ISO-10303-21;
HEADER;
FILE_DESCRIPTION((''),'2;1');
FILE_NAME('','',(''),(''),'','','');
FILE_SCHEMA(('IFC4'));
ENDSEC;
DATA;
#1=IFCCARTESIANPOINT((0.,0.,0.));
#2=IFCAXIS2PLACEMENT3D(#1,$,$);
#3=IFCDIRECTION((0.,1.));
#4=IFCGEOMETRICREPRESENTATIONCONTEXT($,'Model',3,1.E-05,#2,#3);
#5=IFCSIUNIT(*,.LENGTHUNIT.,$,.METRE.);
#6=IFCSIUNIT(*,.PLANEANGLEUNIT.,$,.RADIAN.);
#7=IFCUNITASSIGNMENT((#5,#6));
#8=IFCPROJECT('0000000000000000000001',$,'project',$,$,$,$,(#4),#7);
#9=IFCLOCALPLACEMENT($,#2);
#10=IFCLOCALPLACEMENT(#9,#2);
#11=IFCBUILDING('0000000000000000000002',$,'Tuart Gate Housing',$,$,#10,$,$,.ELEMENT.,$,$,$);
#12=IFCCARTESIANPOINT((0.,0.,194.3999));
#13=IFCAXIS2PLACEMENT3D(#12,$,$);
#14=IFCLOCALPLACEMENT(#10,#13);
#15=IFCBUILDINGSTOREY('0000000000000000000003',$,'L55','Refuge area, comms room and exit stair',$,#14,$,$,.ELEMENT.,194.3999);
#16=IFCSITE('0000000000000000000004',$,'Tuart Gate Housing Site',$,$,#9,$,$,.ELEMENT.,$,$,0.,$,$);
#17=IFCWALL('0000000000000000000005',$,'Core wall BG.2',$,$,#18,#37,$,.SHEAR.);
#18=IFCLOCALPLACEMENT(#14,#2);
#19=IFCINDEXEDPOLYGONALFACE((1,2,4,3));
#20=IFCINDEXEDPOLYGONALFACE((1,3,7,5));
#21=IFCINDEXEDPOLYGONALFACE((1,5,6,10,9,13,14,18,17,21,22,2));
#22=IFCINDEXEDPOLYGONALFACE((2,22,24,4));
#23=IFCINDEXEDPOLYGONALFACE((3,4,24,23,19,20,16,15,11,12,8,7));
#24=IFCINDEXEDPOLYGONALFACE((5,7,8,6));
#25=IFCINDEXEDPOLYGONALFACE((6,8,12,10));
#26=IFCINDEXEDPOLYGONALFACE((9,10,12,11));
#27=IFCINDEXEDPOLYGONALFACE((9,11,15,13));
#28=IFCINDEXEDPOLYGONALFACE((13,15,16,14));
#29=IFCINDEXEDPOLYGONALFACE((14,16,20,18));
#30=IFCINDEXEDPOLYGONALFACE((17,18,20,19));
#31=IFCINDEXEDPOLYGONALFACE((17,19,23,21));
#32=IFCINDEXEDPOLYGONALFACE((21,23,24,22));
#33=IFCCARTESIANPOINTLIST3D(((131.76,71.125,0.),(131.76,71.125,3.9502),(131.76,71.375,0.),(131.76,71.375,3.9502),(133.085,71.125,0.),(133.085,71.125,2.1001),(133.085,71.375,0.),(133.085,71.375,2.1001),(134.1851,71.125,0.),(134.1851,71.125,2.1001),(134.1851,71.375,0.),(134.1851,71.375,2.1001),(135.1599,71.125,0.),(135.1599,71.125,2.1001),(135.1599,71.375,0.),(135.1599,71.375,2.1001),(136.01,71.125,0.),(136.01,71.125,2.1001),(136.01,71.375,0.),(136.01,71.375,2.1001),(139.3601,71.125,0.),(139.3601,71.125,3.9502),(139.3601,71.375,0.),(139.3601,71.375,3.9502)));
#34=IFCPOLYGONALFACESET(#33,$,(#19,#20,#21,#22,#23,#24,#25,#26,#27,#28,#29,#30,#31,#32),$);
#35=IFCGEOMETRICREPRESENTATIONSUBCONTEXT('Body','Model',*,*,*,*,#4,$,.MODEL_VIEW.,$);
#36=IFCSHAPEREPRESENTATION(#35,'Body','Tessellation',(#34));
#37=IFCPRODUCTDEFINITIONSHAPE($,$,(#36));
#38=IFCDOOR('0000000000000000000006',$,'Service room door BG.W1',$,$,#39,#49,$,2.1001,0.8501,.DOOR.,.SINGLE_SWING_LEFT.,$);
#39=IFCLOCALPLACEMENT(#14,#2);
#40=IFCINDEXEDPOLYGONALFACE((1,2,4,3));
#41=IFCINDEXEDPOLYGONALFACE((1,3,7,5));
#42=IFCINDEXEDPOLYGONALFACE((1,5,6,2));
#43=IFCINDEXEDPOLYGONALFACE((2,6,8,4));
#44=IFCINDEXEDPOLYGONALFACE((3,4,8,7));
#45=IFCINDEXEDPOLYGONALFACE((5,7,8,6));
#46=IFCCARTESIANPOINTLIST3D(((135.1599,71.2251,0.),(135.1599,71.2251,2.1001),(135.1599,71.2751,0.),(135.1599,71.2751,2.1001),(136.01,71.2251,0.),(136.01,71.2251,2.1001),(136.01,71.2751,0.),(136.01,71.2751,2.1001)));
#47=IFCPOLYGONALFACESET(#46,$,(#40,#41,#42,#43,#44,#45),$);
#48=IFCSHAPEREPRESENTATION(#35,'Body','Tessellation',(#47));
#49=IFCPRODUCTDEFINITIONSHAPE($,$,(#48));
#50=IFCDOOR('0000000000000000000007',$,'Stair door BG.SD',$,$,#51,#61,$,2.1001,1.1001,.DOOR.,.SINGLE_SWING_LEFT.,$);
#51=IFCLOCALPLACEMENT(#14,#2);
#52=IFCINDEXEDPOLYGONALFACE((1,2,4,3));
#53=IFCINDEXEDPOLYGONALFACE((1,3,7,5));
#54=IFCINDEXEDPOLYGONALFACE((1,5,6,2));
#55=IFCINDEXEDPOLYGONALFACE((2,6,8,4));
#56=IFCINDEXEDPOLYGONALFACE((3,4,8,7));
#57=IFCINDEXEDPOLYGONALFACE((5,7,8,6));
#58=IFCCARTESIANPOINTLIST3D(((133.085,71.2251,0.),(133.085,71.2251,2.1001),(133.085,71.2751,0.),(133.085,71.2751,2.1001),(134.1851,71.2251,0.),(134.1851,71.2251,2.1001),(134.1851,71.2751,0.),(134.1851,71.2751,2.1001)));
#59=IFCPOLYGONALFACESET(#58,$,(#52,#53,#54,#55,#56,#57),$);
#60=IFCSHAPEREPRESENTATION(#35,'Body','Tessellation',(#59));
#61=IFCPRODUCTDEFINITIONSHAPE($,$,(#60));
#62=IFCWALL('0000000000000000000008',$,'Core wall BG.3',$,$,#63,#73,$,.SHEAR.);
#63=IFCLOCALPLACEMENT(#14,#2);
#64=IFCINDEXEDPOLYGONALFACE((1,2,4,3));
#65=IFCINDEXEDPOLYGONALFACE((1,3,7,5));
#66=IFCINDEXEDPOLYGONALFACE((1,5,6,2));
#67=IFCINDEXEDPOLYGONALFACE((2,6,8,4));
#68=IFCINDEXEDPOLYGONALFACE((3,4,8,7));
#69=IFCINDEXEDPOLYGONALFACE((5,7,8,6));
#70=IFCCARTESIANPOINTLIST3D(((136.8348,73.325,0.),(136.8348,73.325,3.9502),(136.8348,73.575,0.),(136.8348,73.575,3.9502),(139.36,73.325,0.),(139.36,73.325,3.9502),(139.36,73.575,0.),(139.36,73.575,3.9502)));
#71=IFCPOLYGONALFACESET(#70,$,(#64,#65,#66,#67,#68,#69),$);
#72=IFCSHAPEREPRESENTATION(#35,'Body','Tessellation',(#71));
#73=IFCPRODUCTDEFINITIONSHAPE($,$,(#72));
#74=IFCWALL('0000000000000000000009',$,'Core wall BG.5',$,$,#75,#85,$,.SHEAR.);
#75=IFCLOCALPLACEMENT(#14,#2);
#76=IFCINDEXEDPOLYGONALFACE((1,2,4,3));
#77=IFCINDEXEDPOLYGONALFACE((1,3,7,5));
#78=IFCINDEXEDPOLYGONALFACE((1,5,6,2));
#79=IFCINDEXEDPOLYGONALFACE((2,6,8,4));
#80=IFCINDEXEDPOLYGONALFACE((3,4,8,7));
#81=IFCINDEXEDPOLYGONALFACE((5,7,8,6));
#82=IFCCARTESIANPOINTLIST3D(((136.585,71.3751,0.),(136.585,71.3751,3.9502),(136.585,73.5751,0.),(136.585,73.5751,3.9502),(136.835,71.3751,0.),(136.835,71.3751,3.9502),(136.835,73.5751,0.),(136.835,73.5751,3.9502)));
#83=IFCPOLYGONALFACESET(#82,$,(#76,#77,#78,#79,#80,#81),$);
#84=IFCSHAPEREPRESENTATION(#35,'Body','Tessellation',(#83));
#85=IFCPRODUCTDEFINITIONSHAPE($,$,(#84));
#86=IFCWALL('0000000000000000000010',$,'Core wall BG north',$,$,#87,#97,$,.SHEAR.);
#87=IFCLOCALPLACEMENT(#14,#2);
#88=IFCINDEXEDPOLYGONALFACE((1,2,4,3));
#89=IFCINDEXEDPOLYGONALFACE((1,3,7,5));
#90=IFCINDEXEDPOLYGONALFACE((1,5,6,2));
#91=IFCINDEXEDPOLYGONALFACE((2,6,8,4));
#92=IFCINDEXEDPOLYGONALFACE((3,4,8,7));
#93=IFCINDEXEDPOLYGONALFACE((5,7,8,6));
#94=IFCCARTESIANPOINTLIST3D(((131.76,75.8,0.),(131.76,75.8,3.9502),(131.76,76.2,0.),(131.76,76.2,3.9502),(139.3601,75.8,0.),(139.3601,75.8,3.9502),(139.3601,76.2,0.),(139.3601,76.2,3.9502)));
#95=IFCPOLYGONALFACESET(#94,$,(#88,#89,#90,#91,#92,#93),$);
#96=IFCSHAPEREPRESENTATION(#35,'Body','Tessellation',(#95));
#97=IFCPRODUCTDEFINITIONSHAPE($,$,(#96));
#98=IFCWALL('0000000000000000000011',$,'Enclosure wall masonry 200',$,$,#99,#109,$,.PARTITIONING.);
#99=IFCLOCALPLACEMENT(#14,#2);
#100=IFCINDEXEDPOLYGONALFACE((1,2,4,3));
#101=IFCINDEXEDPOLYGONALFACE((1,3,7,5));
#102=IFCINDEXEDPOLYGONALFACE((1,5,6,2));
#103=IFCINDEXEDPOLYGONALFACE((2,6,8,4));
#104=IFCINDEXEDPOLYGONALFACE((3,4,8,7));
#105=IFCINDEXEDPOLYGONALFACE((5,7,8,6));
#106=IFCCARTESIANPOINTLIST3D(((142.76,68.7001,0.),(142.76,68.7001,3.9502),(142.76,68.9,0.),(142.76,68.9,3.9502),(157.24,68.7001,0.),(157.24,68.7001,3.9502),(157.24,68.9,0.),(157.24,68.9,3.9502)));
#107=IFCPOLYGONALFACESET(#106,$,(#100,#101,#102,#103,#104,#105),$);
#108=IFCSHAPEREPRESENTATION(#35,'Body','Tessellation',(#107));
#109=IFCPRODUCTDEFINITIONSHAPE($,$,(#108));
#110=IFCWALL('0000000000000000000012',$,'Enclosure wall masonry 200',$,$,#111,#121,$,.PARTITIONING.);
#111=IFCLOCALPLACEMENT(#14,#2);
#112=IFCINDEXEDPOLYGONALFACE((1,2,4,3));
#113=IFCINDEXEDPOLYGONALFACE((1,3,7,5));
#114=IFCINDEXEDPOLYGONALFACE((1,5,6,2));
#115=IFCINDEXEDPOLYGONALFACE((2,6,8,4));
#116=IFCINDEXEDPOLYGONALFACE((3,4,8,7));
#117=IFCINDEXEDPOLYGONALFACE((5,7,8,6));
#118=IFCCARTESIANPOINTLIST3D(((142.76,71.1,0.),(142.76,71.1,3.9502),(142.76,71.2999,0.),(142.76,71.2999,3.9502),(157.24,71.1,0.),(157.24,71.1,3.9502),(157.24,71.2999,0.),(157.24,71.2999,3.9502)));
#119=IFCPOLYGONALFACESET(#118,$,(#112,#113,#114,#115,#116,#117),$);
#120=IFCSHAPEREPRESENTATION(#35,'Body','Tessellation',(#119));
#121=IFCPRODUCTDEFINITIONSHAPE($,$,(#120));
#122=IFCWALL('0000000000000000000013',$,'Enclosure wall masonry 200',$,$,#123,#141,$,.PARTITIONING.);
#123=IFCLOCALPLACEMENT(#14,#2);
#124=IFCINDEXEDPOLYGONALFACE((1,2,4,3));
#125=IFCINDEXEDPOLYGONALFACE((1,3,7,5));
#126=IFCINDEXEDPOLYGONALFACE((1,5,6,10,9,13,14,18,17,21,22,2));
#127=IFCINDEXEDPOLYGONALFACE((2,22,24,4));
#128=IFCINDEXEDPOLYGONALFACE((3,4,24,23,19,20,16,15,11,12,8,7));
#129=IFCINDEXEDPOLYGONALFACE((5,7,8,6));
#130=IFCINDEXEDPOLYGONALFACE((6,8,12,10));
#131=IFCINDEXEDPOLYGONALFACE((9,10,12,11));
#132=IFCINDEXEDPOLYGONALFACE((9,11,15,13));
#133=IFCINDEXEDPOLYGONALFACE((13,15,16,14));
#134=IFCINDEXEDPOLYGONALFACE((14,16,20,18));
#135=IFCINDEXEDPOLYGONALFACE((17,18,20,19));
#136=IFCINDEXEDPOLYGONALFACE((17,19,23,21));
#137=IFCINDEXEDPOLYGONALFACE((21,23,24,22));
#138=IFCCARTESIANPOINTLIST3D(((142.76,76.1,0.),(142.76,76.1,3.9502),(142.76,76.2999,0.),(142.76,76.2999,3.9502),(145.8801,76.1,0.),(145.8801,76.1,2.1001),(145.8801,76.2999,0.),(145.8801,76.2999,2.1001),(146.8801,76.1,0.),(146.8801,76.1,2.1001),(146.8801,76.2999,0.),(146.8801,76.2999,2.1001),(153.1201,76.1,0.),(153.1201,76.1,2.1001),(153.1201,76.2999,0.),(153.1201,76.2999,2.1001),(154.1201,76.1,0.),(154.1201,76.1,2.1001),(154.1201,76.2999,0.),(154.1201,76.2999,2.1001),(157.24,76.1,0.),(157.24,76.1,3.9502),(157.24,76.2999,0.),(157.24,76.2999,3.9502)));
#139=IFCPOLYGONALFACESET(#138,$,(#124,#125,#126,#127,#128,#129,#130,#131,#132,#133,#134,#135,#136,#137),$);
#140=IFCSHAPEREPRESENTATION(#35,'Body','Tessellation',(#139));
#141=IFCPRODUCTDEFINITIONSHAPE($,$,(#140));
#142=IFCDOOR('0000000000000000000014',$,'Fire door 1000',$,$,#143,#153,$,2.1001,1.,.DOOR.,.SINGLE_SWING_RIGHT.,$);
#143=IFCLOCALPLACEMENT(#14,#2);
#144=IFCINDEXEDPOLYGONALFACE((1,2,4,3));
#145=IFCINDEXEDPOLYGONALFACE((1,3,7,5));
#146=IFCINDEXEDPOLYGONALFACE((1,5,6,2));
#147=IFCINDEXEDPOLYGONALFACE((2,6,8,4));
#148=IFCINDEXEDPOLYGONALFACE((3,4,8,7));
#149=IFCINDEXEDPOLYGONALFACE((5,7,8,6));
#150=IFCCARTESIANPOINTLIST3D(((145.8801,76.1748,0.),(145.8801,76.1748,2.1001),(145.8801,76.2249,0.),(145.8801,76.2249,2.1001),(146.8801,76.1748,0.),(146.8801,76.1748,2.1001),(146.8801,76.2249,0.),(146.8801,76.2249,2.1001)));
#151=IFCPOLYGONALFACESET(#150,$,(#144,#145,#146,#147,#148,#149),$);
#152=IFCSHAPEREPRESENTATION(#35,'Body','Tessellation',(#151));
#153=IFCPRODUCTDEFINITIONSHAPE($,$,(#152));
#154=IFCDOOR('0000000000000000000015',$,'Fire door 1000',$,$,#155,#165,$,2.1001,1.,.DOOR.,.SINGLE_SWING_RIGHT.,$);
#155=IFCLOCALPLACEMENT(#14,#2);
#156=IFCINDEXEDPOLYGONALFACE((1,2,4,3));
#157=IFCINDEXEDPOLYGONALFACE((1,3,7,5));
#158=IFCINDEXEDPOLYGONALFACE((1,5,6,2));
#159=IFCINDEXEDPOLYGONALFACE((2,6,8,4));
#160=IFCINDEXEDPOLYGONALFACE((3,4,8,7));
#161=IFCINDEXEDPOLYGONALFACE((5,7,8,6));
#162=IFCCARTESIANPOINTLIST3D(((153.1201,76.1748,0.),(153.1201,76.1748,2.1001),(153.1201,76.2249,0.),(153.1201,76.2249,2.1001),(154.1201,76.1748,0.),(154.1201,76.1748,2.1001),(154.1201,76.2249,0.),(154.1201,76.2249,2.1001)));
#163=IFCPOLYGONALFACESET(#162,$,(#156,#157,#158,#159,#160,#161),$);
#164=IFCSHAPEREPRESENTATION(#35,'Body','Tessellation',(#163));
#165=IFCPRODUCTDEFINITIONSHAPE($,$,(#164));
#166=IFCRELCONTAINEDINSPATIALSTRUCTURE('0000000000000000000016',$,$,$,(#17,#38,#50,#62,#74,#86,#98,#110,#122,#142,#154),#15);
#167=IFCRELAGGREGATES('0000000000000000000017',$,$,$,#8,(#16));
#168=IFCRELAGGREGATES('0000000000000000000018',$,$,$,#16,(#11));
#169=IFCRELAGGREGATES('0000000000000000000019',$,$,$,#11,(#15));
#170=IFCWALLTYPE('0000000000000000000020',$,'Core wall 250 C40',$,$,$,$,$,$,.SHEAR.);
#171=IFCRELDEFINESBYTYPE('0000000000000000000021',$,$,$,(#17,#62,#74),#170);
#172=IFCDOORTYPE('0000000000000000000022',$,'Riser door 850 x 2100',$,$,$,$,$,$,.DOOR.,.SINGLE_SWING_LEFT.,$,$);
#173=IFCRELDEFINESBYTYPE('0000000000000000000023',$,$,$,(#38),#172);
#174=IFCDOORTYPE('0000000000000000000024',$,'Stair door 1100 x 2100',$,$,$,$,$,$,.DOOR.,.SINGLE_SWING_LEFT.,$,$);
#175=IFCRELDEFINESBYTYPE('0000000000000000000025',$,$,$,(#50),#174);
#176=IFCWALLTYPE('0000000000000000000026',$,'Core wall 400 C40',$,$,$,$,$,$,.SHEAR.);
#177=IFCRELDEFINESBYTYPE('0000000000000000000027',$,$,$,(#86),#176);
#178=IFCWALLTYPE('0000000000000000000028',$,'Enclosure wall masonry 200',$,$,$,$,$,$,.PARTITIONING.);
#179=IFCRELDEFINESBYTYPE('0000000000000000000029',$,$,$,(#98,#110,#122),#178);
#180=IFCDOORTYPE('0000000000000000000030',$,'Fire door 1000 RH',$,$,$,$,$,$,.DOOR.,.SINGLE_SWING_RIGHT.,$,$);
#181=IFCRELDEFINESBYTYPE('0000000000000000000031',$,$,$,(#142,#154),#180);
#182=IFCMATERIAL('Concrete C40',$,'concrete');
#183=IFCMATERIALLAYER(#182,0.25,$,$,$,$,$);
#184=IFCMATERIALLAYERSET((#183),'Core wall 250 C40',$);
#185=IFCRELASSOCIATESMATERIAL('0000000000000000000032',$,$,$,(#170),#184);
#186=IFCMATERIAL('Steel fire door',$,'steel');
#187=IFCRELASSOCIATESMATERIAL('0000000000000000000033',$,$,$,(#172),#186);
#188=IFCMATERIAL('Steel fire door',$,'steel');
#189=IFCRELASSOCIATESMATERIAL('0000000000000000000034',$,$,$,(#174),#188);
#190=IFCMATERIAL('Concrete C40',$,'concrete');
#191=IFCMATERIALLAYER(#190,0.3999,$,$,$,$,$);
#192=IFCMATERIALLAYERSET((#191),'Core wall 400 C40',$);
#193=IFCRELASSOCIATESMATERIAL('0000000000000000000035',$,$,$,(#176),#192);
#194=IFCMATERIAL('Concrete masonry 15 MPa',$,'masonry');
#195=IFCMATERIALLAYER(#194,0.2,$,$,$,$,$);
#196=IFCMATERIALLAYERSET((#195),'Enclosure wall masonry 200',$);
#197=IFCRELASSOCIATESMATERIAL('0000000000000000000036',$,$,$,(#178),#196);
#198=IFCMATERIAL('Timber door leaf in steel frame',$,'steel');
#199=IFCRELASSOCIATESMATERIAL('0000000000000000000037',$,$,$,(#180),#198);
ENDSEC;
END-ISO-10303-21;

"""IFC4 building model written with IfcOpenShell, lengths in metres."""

from ifc_helpers import new_model, si_unit, direction, frame, frame_2d, origin, place, context, subcontext, project, spatial, rectangle, extrude, material, layer, layer_set, type_object, element, fill, save


model = new_model("IFC4")

# Units and contexts
model_context = context("Model", 3, precision=1e-05, world=origin(), true_north=direction((0.0, 1.0)))
body_context = subcontext(model_context, "Body", "Model", "MODEL_VIEW")
ifc_project = project(units=[si_unit("LENGTHUNIT", "METRE"), si_unit("PLANEANGLEUNIT", "RADIAN")], contexts=[model_context])

# Site, building, storey
site_placement = place(None, origin())
site = spatial("IfcSite", under=ifc_project, at=site_placement, Name="Tuart Gate Housing Site", CompositionType="ELEMENT", RefElevation=0.0)
building_placement = place(site_placement, origin())
building = spatial("IfcBuilding", under=site, at=building_placement, Name="Tuart Gate Housing", CompositionType="ELEMENT")
storey_placement = place(building_placement, frame((0.0, 0.0, 194.3999)))
storey = spatial("IfcBuildingStorey", under=building, at=storey_placement, Name="L55", Description="Refuge area, comms room and exit stair", CompositionType="ELEMENT", Elevation=194.3999)

# Wall, openings, doors
ifc_material_1 = material(Name="Concrete C40", Category="concrete")
ifc_layer_1 = layer(ifc_material_1, 0.25)
ifc_layer_set_1 = layer_set([ifc_layer_1], Name="Core wall 250 C40")
wall_type_1 = type_object("IfcWallType", Name="Core wall 250 C40", PredefinedType="SHEAR", material=ifc_layer_set_1)
wall_1_placement = place(storey_placement, frame((139.3601, 71.25, 0.0), z_axis=(0.0, 0.0, 1.0), x_axis=(-1.0, 0.0, 0.0)))
wall_1 = element("IfcWall", 1, at=wall_1_placement, inside=storey, type_object=wall_type_1, Name="Core wall BG.2", PredefinedType="SHEAR", context=body_context, shape_type="SweptSolid", body=[
    extrude(rectangle(XDim=7.6001, YDim=0.25, at=frame_2d((3.8, 0.0))), origin(), (0.0, 0.0, 1.0), 3.9502),
])
opening_1_placement = place(wall_1_placement, frame((5.175, 0.0, 0.0)))
opening_1 = element("IfcOpeningElement", 2, at=opening_1_placement, cuts=wall_1, PredefinedType="OPENING", context=body_context, shape_type="SweptSolid", body=[
    extrude(rectangle(XDim=1.1001, YDim=2.1001, at=frame_2d((0.55, 1.05))), frame((0.0, 0.135, 0.0), z_axis=(0.0, -1.0, 0.0), x_axis=(1.0, 0.0, 0.0)), (0.0, 0.0, 1.0), 0.27),
])
opening_2_placement = place(wall_1_placement, frame((3.3501, 0.0, 0.0)))
opening_2 = element("IfcOpeningElement", 3, at=opening_2_placement, cuts=wall_1, PredefinedType="OPENING", context=body_context, shape_type="SweptSolid", body=[
    extrude(rectangle(XDim=0.8501, YDim=2.1001, at=frame_2d((0.425, 1.05))), frame((0.0, 0.135, 0.0), z_axis=(0.0, -1.0, 0.0), x_axis=(1.0, 0.0, 0.0)), (0.0, 0.0, 1.0), 0.27),
])
ifc_material_2 = material(Name="Steel fire door", Category="steel")
door_type_1 = type_object("IfcDoorType", Name="Riser door 850 x 2100", OperationType="SINGLE_SWING_LEFT", PredefinedType="DOOR", material=ifc_material_2)
door_1_placement = place(opening_2_placement, origin())
door_1 = element("IfcDoor", 4, at=door_1_placement, inside=storey, type_object=door_type_1, Name="Service room door BG.W1", OperationType="SINGLE_SWING_LEFT", OverallHeight=2.1001, OverallWidth=0.8501, PredefinedType="DOOR", context=body_context, shape_type="SweptSolid", body=[
    extrude(rectangle(XDim=0.8501, YDim=2.1001, at=frame_2d((0.425, 1.05))), frame((0.0, 0.0249, 0.0), z_axis=(0.0, -1.0, 0.0), x_axis=(1.0, 0.0, 0.0)), (0.0, 0.0, 1.0), 0.05),
])
fill(opening_2, door_1)
ifc_material_3 = material(Name="Steel fire door", Category="steel")
door_type_2 = type_object("IfcDoorType", Name="Stair door 1100 x 2100", OperationType="SINGLE_SWING_LEFT", PredefinedType="DOOR", material=ifc_material_3)
door_2_placement = place(opening_1_placement, origin())
door_2 = element("IfcDoor", 5, at=door_2_placement, inside=storey, type_object=door_type_2, Name="Stair door BG.SD", OperationType="SINGLE_SWING_LEFT", OverallHeight=2.1001, OverallWidth=1.1001, PredefinedType="DOOR", context=body_context, shape_type="SweptSolid", body=[
    extrude(rectangle(XDim=1.1001, YDim=2.1001, at=frame_2d((0.55, 1.05))), frame((0.0, 0.0249, 0.0), z_axis=(0.0, -1.0, 0.0), x_axis=(1.0, 0.0, 0.0)), (0.0, 0.0, 1.0), 0.05),
])
fill(opening_1, door_2)

# Walls
wall_2_placement = place(storey_placement, frame((139.3601, 73.45, 0.0), z_axis=(0.0, 0.0, 1.0), x_axis=(-1.0, 0.0, 0.0)))
element("IfcWall", 6, at=wall_2_placement, inside=storey, type_object=wall_type_1, Name="Core wall BG.3", PredefinedType="SHEAR", context=body_context, shape_type="SweptSolid", body=[
    extrude(rectangle(XDim=2.5251, YDim=0.25, at=frame_2d((1.2627, 0.0))), origin(), (0.0, 0.0, 1.0), 3.9502),
])
wall_3_placement = place(storey_placement, frame((136.71, 71.375, 0.0), z_axis=(0.0, 0.0, 1.0), x_axis=(0.0, 1.0, 0.0)))
element("IfcWall", 7, at=wall_3_placement, inside=storey, type_object=wall_type_1, Name="Core wall BG.5", PredefinedType="SHEAR", context=body_context, shape_type="SweptSolid", body=[
    extrude(rectangle(XDim=2.2, YDim=0.25, at=frame_2d((1.1001, 0.0))), origin(), (0.0, 0.0, 1.0), 3.9502),
])
ifc_material_4 = material(Name="Concrete C40", Category="concrete")
ifc_layer_2 = layer(ifc_material_4, 0.3999)
ifc_layer_set_2 = layer_set([ifc_layer_2], Name="Core wall 400 C40")
wall_type_2 = type_object("IfcWallType", Name="Core wall 400 C40", PredefinedType="SHEAR", material=ifc_layer_set_2)
wall_4_placement = place(storey_placement, frame((139.3601, 76.0, 0.0), z_axis=(0.0, 0.0, 1.0), x_axis=(-1.0, 0.0, 0.0)))
element("IfcWall", 8, at=wall_4_placement, inside=storey, type_object=wall_type_2, Name="Core wall BG north", PredefinedType="SHEAR", context=body_context, shape_type="SweptSolid", body=[
    extrude(rectangle(XDim=7.6001, YDim=0.3999, at=frame_2d((3.8, 0.0))), origin(), (0.0, 0.0, 1.0), 3.9502),
])
ifc_material_5 = material(Name="Concrete masonry 15 MPa", Category="masonry")
ifc_layer_3 = layer(ifc_material_5, 0.2)
ifc_layer_set_3 = layer_set([ifc_layer_3], Name="Enclosure wall masonry 200")
wall_type_3 = type_object("IfcWallType", Name="Enclosure wall masonry 200", PredefinedType="PARTITIONING", material=ifc_layer_set_3)
for number, where, z_axis, x_axis, name in (
    (9, (142.76, 68.8, 0.0), (0.0, 0.0, 1.0), (1.0, 0.0, 0.0), "Enclosure wall masonry 200"),
    (10, (142.76, 71.2, 0.0), (0.0, 0.0, 1.0), (1.0, 0.0, 0.0), "Enclosure wall masonry 200"),
):
    element("IfcWall", number, at=place(storey_placement, frame(where, z_axis=z_axis, x_axis=x_axis)), inside=storey, type_object=wall_type_3, Name=name, PredefinedType="PARTITIONING", context=body_context, shape_type="SweptSolid", body=[
        extrude(rectangle(XDim=14.48, YDim=0.2, at=frame_2d((7.24, 0.0))), origin(), (0.0, 0.0, 1.0), 3.9502),
    ])

# Wall, openings, doors
wall_5_placement = place(storey_placement, frame((142.76, 76.2, 0.0), z_axis=(0.0, 0.0, 1.0), x_axis=(1.0, 0.0, 0.0)))
wall_5 = element("IfcWall", 11, at=wall_5_placement, inside=storey, type_object=wall_type_3, Name="Enclosure wall masonry 200", PredefinedType="PARTITIONING", context=body_context, shape_type="SweptSolid", body=[
    extrude(rectangle(XDim=14.48, YDim=0.2, at=frame_2d((7.24, 0.0))), origin(), (0.0, 0.0, 1.0), 3.9502),
])
opening_3_placement = place(wall_5_placement, frame((3.1201, 0.0, 0.0)))
opening_3 = element("IfcOpeningElement", 12, at=opening_3_placement, cuts=wall_5, PredefinedType="OPENING", context=body_context, shape_type="SweptSolid", body=[
    extrude(rectangle(XDim=1.0, YDim=2.1001, at=frame_2d((0.5, 1.05))), frame((0.0, 0.1099, 0.0), z_axis=(0.0, -1.0, 0.0), x_axis=(1.0, 0.0, 0.0)), (0.0, 0.0, 1.0), 0.22),
])
opening_4_placement = place(wall_5_placement, frame((10.3601, 0.0, 0.0)))
opening_4 = element("IfcOpeningElement", 13, at=opening_4_placement, cuts=wall_5, PredefinedType="OPENING", context=body_context, shape_type="SweptSolid", body=[
    extrude(rectangle(XDim=1.0, YDim=2.1001, at=frame_2d((0.5, 1.05))), frame((0.0, 0.1099, 0.0), z_axis=(0.0, -1.0, 0.0), x_axis=(1.0, 0.0, 0.0)), (0.0, 0.0, 1.0), 0.22),
])
ifc_material_6 = material(Name="Timber door leaf in steel frame", Category="steel")
door_type_3 = type_object("IfcDoorType", Name="Fire door 1000 RH", OperationType="SINGLE_SWING_RIGHT", PredefinedType="DOOR", material=ifc_material_6)
door_3_placement = place(opening_3_placement, frame((1.0, 0.0, 0.0), z_axis=(0.0, 0.0, 1.0), x_axis=(-1.0, 0.0, 0.0)))
door_3 = element("IfcDoor", 14, at=door_3_placement, inside=storey, type_object=door_type_3, Name="Fire door 1000", OperationType="SINGLE_SWING_RIGHT", OverallHeight=2.1001, OverallWidth=1.0, PredefinedType="DOOR", context=body_context, shape_type="SweptSolid", body=[
    extrude(rectangle(XDim=1.0, YDim=2.1001, at=frame_2d((0.5, 1.05))), frame((0.0, 0.0251, 0.0), z_axis=(0.0, -1.0, 0.0), x_axis=(1.0, 0.0, 0.0)), (0.0, 0.0, 1.0), 0.05),
])
fill(opening_3, door_3)
door_4_placement = place(opening_4_placement, frame((1.0, 0.0, 0.0), z_axis=(0.0, 0.0, 1.0), x_axis=(-1.0, 0.0, 0.0)))
door_4 = element("IfcDoor", 15, at=door_4_placement, inside=storey, type_object=door_type_3, Name="Fire door 1000", OperationType="SINGLE_SWING_RIGHT", OverallHeight=2.1001, OverallWidth=1.0, PredefinedType="DOOR", context=body_context, shape_type="SweptSolid", body=[
    extrude(rectangle(XDim=1.0, YDim=2.1001, at=frame_2d((0.5, 1.05))), frame((0.0, 0.0251, 0.0), z_axis=(0.0, -1.0, 0.0), x_axis=(1.0, 0.0, 0.0)), (0.0, 0.0, 1.0), 0.05),
])
fill(opening_4, door_4)

save(model, "model.ifc")
